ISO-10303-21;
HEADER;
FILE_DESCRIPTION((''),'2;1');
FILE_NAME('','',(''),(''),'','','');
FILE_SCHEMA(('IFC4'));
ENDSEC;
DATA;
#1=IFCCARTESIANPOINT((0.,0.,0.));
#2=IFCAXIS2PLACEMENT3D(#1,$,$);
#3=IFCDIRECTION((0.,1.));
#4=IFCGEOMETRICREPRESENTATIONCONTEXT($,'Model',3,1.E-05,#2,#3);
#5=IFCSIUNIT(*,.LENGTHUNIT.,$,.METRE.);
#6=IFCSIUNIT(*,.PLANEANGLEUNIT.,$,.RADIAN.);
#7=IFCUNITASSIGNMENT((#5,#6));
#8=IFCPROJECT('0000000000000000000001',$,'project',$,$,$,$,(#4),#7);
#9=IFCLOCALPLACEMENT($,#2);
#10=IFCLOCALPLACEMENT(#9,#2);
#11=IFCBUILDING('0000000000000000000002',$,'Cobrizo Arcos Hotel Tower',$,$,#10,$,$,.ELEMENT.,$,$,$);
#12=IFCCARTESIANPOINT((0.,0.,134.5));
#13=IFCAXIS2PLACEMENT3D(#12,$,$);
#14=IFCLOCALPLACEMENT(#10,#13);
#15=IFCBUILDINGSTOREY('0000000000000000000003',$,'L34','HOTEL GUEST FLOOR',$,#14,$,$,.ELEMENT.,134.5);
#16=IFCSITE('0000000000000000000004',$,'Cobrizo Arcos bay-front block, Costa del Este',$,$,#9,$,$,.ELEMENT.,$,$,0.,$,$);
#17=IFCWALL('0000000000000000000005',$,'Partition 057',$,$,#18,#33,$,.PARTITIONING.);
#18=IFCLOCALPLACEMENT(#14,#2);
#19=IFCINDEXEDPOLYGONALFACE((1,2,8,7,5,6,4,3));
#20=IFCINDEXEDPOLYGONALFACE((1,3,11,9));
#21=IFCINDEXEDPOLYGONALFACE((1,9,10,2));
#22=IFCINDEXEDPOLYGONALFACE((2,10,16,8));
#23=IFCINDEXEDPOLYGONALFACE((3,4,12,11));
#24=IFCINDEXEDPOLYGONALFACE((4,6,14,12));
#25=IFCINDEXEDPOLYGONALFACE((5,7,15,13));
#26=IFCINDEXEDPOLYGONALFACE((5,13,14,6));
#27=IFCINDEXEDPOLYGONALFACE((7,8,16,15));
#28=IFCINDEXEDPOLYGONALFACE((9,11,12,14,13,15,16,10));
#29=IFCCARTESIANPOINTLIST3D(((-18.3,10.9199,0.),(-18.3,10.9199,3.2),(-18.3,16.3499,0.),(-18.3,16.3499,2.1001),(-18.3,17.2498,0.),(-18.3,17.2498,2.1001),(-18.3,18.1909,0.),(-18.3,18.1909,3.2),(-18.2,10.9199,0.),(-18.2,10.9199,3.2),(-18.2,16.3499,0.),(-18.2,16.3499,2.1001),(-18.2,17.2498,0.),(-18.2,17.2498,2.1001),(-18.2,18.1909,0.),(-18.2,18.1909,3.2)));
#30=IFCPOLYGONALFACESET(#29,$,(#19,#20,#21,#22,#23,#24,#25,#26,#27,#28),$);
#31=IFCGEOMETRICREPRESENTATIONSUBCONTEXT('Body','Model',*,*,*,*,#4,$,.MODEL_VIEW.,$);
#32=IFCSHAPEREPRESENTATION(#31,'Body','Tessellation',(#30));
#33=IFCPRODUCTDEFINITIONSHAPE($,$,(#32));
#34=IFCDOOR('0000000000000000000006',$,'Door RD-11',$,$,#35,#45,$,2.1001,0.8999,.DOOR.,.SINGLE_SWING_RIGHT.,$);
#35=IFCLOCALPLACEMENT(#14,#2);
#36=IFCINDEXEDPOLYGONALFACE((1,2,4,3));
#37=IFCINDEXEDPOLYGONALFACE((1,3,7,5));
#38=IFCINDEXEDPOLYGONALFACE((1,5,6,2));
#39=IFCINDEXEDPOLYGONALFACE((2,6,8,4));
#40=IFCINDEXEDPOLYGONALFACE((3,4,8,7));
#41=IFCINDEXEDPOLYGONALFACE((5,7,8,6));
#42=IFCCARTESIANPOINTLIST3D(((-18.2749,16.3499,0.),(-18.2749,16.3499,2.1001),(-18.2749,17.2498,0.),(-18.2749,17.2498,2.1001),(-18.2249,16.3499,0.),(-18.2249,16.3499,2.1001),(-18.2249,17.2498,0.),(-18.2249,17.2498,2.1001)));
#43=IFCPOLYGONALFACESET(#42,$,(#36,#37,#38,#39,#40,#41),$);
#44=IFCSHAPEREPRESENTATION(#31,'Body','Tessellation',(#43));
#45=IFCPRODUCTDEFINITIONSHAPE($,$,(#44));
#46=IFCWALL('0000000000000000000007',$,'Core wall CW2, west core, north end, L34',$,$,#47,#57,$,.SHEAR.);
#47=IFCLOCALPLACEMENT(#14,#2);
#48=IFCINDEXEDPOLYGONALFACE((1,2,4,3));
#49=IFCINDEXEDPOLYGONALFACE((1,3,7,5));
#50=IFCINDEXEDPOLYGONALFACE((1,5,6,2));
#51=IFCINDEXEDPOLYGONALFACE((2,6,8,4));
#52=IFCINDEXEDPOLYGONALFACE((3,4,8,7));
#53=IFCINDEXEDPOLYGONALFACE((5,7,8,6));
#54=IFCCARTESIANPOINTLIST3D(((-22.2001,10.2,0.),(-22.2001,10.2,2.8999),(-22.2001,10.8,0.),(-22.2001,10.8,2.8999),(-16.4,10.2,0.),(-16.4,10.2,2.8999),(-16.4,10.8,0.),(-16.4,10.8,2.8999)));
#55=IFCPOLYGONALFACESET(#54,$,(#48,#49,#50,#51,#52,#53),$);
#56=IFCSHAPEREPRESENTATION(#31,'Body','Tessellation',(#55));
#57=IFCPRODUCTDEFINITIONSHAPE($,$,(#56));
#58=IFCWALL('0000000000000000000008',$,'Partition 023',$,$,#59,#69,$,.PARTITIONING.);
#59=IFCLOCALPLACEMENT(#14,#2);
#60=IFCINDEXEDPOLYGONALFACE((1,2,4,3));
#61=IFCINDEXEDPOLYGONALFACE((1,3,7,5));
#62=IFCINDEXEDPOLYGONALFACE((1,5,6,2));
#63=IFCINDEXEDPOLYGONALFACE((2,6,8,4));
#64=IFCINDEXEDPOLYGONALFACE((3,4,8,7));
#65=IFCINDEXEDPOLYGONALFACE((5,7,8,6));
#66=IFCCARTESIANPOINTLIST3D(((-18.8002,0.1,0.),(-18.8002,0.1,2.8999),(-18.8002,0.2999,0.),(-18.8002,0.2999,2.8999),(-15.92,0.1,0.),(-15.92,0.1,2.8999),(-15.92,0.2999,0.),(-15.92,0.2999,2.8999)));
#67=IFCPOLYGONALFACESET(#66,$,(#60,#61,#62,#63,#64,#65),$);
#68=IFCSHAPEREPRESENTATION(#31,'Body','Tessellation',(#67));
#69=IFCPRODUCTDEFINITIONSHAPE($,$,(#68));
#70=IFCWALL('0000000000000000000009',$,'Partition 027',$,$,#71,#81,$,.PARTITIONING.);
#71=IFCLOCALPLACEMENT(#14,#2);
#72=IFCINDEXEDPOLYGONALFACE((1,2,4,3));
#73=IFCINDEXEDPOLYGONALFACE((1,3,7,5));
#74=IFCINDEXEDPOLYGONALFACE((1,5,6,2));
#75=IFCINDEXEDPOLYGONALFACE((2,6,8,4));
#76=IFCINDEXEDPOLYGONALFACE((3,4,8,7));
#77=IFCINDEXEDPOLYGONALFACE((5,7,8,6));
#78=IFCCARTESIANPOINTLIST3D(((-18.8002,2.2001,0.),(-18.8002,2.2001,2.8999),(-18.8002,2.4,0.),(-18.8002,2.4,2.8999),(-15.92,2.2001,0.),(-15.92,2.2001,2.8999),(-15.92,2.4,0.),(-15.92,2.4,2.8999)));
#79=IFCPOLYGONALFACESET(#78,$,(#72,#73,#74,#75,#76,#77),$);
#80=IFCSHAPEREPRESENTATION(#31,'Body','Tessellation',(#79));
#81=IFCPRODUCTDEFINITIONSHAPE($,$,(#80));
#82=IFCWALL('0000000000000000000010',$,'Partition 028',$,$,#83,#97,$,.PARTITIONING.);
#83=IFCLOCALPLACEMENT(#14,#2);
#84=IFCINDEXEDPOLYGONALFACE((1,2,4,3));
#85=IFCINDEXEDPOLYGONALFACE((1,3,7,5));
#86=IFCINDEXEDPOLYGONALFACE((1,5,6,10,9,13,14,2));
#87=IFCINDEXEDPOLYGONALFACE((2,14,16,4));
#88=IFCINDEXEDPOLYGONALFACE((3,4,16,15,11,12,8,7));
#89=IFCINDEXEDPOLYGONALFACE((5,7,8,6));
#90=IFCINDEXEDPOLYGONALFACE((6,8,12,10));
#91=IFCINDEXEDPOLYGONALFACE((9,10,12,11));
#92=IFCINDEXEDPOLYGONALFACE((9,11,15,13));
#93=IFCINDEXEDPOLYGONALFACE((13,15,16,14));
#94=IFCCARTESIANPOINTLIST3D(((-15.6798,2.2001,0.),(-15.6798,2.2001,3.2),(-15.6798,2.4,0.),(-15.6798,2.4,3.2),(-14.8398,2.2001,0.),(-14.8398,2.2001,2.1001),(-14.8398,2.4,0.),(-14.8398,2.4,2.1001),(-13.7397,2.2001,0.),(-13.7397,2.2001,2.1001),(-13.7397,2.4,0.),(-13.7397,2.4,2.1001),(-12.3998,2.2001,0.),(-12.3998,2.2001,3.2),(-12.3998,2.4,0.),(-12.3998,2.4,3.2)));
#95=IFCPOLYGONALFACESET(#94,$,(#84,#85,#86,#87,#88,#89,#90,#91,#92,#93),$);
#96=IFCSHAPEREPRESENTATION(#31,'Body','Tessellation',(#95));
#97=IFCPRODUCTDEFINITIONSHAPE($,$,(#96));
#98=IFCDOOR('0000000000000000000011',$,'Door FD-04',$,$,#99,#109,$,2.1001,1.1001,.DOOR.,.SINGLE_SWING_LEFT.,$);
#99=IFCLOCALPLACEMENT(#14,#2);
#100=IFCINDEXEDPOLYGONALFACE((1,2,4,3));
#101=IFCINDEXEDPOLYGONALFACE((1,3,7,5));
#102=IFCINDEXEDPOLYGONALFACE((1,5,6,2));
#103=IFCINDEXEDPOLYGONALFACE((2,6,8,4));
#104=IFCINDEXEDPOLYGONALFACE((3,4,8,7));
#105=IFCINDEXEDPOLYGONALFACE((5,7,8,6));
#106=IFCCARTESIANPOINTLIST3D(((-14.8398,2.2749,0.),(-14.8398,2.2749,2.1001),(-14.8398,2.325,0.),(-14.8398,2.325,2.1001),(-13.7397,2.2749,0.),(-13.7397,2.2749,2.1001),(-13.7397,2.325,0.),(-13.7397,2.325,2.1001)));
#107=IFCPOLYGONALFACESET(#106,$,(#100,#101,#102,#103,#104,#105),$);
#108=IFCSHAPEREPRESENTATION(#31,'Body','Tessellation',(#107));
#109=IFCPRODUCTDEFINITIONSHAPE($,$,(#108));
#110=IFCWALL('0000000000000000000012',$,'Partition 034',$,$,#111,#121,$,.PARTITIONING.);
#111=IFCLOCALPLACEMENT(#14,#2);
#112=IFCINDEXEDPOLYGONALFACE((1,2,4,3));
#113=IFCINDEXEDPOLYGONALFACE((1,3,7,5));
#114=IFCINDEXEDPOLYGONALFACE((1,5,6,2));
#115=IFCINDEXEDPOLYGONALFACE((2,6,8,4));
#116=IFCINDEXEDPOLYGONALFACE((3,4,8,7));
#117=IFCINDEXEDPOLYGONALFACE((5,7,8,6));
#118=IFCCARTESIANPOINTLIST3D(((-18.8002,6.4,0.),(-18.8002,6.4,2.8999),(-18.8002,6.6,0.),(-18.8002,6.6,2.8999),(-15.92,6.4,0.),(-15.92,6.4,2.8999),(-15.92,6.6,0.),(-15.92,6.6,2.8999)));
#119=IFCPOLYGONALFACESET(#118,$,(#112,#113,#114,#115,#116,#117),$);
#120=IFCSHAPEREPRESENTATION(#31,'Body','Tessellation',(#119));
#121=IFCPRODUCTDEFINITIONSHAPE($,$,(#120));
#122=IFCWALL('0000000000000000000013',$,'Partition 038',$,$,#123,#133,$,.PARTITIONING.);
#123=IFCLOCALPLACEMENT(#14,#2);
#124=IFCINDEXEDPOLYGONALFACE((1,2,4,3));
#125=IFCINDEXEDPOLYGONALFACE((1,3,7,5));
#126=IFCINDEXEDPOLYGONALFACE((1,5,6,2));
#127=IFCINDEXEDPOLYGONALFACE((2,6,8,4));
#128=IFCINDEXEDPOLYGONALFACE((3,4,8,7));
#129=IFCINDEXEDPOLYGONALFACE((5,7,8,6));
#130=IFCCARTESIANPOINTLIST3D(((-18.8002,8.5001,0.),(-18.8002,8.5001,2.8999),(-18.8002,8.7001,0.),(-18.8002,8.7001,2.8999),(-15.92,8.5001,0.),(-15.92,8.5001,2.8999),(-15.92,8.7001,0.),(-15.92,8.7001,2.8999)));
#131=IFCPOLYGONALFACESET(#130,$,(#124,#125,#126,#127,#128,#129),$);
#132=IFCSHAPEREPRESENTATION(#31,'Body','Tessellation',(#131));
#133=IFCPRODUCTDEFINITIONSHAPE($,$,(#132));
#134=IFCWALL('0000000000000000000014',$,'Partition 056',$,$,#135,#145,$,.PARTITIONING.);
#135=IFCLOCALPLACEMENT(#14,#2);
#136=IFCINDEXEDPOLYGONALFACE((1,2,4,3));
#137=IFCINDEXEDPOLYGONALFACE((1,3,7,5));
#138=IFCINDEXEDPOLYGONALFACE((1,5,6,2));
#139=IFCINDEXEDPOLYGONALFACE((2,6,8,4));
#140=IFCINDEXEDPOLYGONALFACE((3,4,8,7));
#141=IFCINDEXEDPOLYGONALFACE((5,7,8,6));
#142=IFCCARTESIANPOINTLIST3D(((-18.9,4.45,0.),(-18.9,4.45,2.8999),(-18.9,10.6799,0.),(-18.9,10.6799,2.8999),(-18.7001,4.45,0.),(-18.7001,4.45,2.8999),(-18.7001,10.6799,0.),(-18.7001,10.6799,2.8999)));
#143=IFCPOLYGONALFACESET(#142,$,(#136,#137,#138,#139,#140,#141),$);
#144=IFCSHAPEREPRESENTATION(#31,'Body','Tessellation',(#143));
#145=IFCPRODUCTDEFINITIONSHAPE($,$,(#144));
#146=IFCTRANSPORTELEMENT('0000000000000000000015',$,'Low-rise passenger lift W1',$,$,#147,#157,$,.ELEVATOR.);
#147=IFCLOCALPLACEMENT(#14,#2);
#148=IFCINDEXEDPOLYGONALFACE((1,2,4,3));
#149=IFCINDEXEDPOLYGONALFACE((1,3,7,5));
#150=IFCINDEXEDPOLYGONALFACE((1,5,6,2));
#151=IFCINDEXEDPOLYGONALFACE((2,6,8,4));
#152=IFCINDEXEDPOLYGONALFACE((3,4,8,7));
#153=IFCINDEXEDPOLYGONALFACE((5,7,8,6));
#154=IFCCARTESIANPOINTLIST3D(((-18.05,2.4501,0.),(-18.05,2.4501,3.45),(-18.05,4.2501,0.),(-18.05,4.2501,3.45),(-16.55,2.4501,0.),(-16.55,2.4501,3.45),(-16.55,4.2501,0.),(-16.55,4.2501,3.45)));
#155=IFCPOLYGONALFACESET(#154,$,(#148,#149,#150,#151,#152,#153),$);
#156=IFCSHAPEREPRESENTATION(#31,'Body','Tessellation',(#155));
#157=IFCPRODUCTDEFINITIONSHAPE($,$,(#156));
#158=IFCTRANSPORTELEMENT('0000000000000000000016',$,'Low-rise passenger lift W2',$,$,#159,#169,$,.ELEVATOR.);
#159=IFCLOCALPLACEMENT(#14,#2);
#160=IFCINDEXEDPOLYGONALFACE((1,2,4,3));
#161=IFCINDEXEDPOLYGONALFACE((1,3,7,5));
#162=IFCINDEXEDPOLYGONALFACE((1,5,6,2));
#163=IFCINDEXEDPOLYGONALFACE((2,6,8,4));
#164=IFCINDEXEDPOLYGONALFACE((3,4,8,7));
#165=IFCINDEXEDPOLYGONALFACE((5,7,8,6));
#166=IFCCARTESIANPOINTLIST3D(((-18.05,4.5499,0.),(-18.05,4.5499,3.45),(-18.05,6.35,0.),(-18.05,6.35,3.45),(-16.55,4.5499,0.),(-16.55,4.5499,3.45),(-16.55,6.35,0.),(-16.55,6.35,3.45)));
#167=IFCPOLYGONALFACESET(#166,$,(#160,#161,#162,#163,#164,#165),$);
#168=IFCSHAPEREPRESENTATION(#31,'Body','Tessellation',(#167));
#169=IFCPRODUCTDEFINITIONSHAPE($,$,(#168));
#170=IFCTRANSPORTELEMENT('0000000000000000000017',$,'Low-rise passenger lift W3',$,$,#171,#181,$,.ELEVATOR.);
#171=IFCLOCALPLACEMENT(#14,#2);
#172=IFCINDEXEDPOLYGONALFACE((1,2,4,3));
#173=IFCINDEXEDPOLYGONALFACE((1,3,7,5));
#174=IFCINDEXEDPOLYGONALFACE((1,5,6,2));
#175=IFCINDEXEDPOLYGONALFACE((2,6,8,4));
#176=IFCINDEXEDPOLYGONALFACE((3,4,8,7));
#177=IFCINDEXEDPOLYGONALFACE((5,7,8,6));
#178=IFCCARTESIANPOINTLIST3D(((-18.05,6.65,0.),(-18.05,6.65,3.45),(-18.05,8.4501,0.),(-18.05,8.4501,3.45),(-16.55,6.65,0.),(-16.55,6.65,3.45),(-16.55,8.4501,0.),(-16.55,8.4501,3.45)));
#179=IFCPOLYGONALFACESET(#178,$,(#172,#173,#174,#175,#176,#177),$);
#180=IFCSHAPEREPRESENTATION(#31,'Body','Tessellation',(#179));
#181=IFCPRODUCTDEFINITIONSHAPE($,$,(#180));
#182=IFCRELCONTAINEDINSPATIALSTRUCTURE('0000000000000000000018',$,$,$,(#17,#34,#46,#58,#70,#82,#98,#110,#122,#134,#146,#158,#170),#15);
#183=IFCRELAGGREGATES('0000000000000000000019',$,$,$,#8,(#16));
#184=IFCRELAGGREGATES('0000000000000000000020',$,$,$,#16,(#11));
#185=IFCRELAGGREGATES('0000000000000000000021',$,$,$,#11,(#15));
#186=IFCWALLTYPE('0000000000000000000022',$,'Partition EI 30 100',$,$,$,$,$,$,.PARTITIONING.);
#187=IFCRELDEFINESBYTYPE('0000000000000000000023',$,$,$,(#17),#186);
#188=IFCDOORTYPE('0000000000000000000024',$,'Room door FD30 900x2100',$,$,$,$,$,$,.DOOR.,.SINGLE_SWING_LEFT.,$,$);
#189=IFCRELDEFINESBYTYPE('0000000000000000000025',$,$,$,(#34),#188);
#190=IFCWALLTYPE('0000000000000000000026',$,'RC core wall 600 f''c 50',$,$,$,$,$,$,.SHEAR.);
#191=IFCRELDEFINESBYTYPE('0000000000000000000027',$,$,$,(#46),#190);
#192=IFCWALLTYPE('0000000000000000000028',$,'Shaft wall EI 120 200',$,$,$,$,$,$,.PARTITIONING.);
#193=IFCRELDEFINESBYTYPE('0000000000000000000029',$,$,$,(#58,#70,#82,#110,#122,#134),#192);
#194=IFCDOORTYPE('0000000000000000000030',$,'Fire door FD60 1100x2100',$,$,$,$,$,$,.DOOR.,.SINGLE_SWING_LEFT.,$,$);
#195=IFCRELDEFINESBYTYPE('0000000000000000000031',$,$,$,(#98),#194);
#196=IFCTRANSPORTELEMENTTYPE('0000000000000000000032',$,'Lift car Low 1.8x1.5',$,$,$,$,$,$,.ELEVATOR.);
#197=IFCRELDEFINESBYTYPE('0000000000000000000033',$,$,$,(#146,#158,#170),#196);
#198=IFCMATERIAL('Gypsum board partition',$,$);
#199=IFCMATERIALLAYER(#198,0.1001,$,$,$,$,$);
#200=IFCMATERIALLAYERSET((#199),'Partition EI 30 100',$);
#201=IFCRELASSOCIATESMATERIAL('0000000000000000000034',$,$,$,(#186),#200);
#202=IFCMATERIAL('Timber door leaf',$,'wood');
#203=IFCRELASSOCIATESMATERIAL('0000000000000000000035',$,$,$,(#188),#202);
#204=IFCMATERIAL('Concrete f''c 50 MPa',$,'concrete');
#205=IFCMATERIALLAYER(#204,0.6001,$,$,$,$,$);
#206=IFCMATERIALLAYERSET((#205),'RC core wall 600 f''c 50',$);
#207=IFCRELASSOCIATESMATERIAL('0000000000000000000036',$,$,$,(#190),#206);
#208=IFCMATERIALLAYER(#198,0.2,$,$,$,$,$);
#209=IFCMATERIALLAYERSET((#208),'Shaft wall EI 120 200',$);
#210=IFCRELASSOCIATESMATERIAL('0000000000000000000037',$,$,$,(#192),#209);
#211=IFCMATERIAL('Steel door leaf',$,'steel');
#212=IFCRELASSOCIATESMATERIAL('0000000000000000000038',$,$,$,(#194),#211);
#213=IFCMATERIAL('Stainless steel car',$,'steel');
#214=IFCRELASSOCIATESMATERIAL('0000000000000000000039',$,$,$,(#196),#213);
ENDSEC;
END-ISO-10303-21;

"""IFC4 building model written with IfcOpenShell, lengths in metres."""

from ifc_helpers import new_model, si_unit, direction, frame, frame_2d, origin, origin_2d, place, context, subcontext, project, spatial, rectangle, extrude, material, layer, layer_set, type_object, element, fill, save


model = new_model("IFC4")

# Units and contexts
model_context = context("Model", 3, precision=1e-05, world=origin(), true_north=direction((0.0, 1.0)))
body_context = subcontext(model_context, "Body", "Model", "MODEL_VIEW")
ifc_project = project(units=[si_unit("LENGTHUNIT", "METRE"), si_unit("PLANEANGLEUNIT", "RADIAN")], contexts=[model_context])

# Site, building, storey
site_placement = place(None, origin())
site = spatial("IfcSite", under=ifc_project, at=site_placement, Name="Cobrizo Arcos bay-front block, Costa del Este", CompositionType="ELEMENT", RefElevation=0.0)
building_placement = place(site_placement, origin())
building = spatial("IfcBuilding", under=site, at=building_placement, Name="Cobrizo Arcos Hotel Tower", CompositionType="ELEMENT")
storey_placement = place(building_placement, frame((0.0, 0.0, 134.5)))
storey = spatial("IfcBuildingStorey", under=building, at=storey_placement, Name="L34", Description="HOTEL GUEST FLOOR", CompositionType="ELEMENT", Elevation=134.5)

# Shared definitions
ifc_material_1 = material(Name="Gypsum board partition")

# Shared definitions
ifc_material_2 = material(Name="Timber door leaf", Category="wood")

# Wall, opening, door
ifc_layer_1 = layer(ifc_material_1, 0.1001)
ifc_layer_set_1 = layer_set([ifc_layer_1], Name="Partition EI 30 100")
wall_type_1 = type_object("IfcWallType", Name="Partition EI 30 100", PredefinedType="PARTITIONING", material=ifc_layer_set_1)
door_type_1 = type_object("IfcDoorType", Name="Room door FD30 900x2100", OperationType="SINGLE_SWING_LEFT", PredefinedType="DOOR", material=ifc_material_2)
wall_1_placement = place(storey_placement, frame((-18.25, 10.9199, 0.0), z_axis=(0.0, 0.0, 1.0), x_axis=(0.0, 1.0, 0.0)))
wall_1 = element("IfcWall", 1, at=wall_1_placement, inside=storey, type_object=wall_type_1, Name="Partition 057", PredefinedType="PARTITIONING", context=body_context, shape_type="SweptSolid", body=[
    extrude(rectangle(XDim=7.271, YDim=0.1001, at=frame_2d((3.6355, 0.0))), origin(), (0.0, 0.0, 1.0), 3.2),
])
opening_1_placement = place(wall_1_placement, frame((5.4299, 0.0, 0.0)))
opening_1 = element("IfcOpeningElement", 2, at=opening_1_placement, cuts=wall_1, PredefinedType="OPENING", context=body_context, shape_type="SweptSolid", body=[
    extrude(rectangle(XDim=0.8999, YDim=2.1001, at=frame_2d((0.45, 1.05))), frame((0.0, 0.062, 0.0), z_axis=(0.0, -1.0, 0.0), x_axis=(1.0, 0.0, 0.0)), (0.0, 0.0, 1.0), 0.124),
])
door_1_placement = place(opening_1_placement, origin())
door_1 = element("IfcDoor", 3, at=door_1_placement, inside=storey, type_object=door_type_1, Name="Door RD-11", OperationType="SINGLE_SWING_RIGHT", OverallHeight=2.1001, OverallWidth=0.8999, PredefinedType="DOOR", context=body_context, shape_type="SweptSolid", body=[
    extrude(rectangle(XDim=0.8999, YDim=2.1001, at=frame_2d((0.45, 1.05))), frame((0.0, 0.0249, 0.0), z_axis=(0.0, -1.0, 0.0), x_axis=(1.0, 0.0, 0.0)), (0.0, 0.0, 1.0), 0.05),
])
fill(opening_1, door_1)

# Walls
ifc_material_3 = material(Name="Concrete f'c 50 MPa", Category="concrete")
ifc_layer_2 = layer(ifc_material_3, 0.6001)
ifc_layer_set_2 = layer_set([ifc_layer_2], Name="RC core wall 600 f'c 50")
wall_type_2 = type_object("IfcWallType", Name="RC core wall 600 f'c 50", PredefinedType="SHEAR", material=ifc_layer_set_2)
wall_2_placement = place(storey_placement, frame((-22.2, 10.5, 0.0), z_axis=(0.0, 0.0, 1.0), x_axis=(1.0, 0.0, 0.0)))
element("IfcWall", 4, at=wall_2_placement, inside=storey, type_object=wall_type_2, Name="Core wall CW2, west core, north end, L34", PredefinedType="SHEAR", context=body_context, shape_type="SweptSolid", body=[
    extrude(rectangle(XDim=5.8, YDim=0.6001, at=frame_2d((2.8999, 0.0))), origin(), (0.0, 0.0, 1.0), 2.8999),
])
ifc_layer_3 = layer(ifc_material_1, 0.2)
ifc_layer_set_3 = layer_set([ifc_layer_3], Name="Shaft wall EI 120 200")
wall_type_3 = type_object("IfcWallType", Name="Shaft wall EI 120 200", PredefinedType="PARTITIONING", material=ifc_layer_set_3)
for number, where, z_axis, x_axis, name in (
    (5, (-18.8, 0.2, 0.0), (0.0, 0.0, 1.0), (1.0, 0.0, 0.0), "Partition 023"),
    (6, (-18.8, 2.3, 0.0), (0.0, 0.0, 1.0), (1.0, 0.0, 0.0), "Partition 027"),
):
    element("IfcWall", number, at=place(storey_placement, frame(where, z_axis=z_axis, x_axis=x_axis)), inside=storey, type_object=wall_type_3, Name=name, PredefinedType="PARTITIONING", context=body_context, shape_type="SweptSolid", body=[
        extrude(rectangle(XDim=2.8801, YDim=0.2, at=frame_2d((1.4399, 0.0))), origin(), (0.0, 0.0, 1.0), 2.8999),
    ])

# Wall, opening, door
wall_3_placement = place(storey_placement, frame((-15.6799, 2.3, 0.0), z_axis=(0.0, 0.0, 1.0), x_axis=(1.0, 0.0, 0.0)))
wall_3 = element("IfcWall", 7, at=wall_3_placement, inside=storey, type_object=wall_type_3, Name="Partition 028", PredefinedType="PARTITIONING", context=body_context, shape_type="SweptSolid", body=[
    extrude(rectangle(XDim=3.28, YDim=0.2, at=frame_2d((1.6401, 0.0))), origin(), (0.0, 0.0, 1.0), 3.2),
])
opening_2_placement = place(wall_3_placement, frame((0.8401, 0.0, 0.0)))
opening_2 = element("IfcOpeningElement", 8, at=opening_2_placement, cuts=wall_3, PredefinedType="OPENING", context=body_context, shape_type="SweptSolid", body=[
    extrude(rectangle(XDim=1.1001, YDim=2.1001, at=frame_2d((0.55, 1.05))), frame((0.0, 0.1121, 0.0), z_axis=(0.0, -1.0, 0.0), x_axis=(1.0, 0.0, 0.0)), (0.0, 0.0, 1.0), 0.2239),
])
ifc_material_4 = material(Name="Steel door leaf", Category="steel")
door_type_2 = type_object("IfcDoorType", Name="Fire door FD60 1100x2100", OperationType="SINGLE_SWING_LEFT", PredefinedType="DOOR", material=ifc_material_4)
door_2_placement = place(opening_2_placement, origin())
door_2 = element("IfcDoor", 9, at=door_2_placement, inside=storey, type_object=door_type_2, Name="Door FD-04", OperationType="SINGLE_SWING_LEFT", OverallHeight=2.1001, OverallWidth=1.1001, PredefinedType="DOOR", context=body_context, shape_type="SweptSolid", body=[
    extrude(rectangle(XDim=1.1001, YDim=2.1001, at=frame_2d((0.55, 1.05))), frame((0.0, 0.0249, 0.0), z_axis=(0.0, -1.0, 0.0), x_axis=(1.0, 0.0, 0.0)), (0.0, 0.0, 1.0), 0.05),
])
fill(opening_2, door_2)

# Walls
for number, where, z_axis, x_axis, name in (
    (10, (-18.8, 6.5, 0.0), (0.0, 0.0, 1.0), (1.0, 0.0, 0.0), "Partition 034"),
    (11, (-18.8, 8.6001, 0.0), (0.0, 0.0, 1.0), (1.0, 0.0, 0.0), "Partition 038"),
):
    element("IfcWall", number, at=place(storey_placement, frame(where, z_axis=z_axis, x_axis=x_axis)), inside=storey, type_object=wall_type_3, Name=name, PredefinedType="PARTITIONING", context=body_context, shape_type="SweptSolid", body=[
        extrude(rectangle(XDim=2.8801, YDim=0.2, at=frame_2d((1.4399, 0.0))), origin(), (0.0, 0.0, 1.0), 2.8999),
    ])
wall_4_placement = place(storey_placement, frame((-18.8, 4.45, 0.0), z_axis=(0.0, 0.0, 1.0), x_axis=(0.0, 1.0, 0.0)))
element("IfcWall", 12, at=wall_4_placement, inside=storey, type_object=wall_type_3, Name="Partition 056", PredefinedType="PARTITIONING", context=body_context, shape_type="SweptSolid", body=[
    extrude(rectangle(XDim=6.23, YDim=0.2, at=frame_2d((3.115, 0.0))), origin(), (0.0, 0.0, 1.0), 2.8999),
])

# Transport elements
ifc_material_5 = material(Name="Stainless steel car", Category="steel")
transport_element_type = type_object("IfcTransportElementType", Name="Lift car Low 1.8x1.5", PredefinedType="ELEVATOR", material=ifc_material_5)
for number, where, z_axis, x_axis, name in (
    (13, (-17.3, 3.3501, 0.0), (0.0, 0.0, 1.0), (1.0, 0.0, 0.0), "Low-rise passenger lift W1"),
    (14, (-17.3, 5.45, 0.0), (0.0, 0.0, 1.0), (1.0, 0.0, 0.0), "Low-rise passenger lift W2"),
    (15, (-17.3, 7.55, 0.0), (0.0, 0.0, 1.0), (1.0, 0.0, 0.0), "Low-rise passenger lift W3"),
):
    element("IfcTransportElement", number, at=place(storey_placement, frame(where, z_axis=z_axis, x_axis=x_axis)), inside=storey, type_object=transport_element_type, Name=name, PredefinedType="ELEVATOR", context=body_context, shape_type="SweptSolid", body=[
        extrude(rectangle(XDim=1.5, YDim=1.8, at=origin_2d()), origin(), (0.0, 0.0, 1.0), 3.45),
    ])

save(model, "model.ifc")
